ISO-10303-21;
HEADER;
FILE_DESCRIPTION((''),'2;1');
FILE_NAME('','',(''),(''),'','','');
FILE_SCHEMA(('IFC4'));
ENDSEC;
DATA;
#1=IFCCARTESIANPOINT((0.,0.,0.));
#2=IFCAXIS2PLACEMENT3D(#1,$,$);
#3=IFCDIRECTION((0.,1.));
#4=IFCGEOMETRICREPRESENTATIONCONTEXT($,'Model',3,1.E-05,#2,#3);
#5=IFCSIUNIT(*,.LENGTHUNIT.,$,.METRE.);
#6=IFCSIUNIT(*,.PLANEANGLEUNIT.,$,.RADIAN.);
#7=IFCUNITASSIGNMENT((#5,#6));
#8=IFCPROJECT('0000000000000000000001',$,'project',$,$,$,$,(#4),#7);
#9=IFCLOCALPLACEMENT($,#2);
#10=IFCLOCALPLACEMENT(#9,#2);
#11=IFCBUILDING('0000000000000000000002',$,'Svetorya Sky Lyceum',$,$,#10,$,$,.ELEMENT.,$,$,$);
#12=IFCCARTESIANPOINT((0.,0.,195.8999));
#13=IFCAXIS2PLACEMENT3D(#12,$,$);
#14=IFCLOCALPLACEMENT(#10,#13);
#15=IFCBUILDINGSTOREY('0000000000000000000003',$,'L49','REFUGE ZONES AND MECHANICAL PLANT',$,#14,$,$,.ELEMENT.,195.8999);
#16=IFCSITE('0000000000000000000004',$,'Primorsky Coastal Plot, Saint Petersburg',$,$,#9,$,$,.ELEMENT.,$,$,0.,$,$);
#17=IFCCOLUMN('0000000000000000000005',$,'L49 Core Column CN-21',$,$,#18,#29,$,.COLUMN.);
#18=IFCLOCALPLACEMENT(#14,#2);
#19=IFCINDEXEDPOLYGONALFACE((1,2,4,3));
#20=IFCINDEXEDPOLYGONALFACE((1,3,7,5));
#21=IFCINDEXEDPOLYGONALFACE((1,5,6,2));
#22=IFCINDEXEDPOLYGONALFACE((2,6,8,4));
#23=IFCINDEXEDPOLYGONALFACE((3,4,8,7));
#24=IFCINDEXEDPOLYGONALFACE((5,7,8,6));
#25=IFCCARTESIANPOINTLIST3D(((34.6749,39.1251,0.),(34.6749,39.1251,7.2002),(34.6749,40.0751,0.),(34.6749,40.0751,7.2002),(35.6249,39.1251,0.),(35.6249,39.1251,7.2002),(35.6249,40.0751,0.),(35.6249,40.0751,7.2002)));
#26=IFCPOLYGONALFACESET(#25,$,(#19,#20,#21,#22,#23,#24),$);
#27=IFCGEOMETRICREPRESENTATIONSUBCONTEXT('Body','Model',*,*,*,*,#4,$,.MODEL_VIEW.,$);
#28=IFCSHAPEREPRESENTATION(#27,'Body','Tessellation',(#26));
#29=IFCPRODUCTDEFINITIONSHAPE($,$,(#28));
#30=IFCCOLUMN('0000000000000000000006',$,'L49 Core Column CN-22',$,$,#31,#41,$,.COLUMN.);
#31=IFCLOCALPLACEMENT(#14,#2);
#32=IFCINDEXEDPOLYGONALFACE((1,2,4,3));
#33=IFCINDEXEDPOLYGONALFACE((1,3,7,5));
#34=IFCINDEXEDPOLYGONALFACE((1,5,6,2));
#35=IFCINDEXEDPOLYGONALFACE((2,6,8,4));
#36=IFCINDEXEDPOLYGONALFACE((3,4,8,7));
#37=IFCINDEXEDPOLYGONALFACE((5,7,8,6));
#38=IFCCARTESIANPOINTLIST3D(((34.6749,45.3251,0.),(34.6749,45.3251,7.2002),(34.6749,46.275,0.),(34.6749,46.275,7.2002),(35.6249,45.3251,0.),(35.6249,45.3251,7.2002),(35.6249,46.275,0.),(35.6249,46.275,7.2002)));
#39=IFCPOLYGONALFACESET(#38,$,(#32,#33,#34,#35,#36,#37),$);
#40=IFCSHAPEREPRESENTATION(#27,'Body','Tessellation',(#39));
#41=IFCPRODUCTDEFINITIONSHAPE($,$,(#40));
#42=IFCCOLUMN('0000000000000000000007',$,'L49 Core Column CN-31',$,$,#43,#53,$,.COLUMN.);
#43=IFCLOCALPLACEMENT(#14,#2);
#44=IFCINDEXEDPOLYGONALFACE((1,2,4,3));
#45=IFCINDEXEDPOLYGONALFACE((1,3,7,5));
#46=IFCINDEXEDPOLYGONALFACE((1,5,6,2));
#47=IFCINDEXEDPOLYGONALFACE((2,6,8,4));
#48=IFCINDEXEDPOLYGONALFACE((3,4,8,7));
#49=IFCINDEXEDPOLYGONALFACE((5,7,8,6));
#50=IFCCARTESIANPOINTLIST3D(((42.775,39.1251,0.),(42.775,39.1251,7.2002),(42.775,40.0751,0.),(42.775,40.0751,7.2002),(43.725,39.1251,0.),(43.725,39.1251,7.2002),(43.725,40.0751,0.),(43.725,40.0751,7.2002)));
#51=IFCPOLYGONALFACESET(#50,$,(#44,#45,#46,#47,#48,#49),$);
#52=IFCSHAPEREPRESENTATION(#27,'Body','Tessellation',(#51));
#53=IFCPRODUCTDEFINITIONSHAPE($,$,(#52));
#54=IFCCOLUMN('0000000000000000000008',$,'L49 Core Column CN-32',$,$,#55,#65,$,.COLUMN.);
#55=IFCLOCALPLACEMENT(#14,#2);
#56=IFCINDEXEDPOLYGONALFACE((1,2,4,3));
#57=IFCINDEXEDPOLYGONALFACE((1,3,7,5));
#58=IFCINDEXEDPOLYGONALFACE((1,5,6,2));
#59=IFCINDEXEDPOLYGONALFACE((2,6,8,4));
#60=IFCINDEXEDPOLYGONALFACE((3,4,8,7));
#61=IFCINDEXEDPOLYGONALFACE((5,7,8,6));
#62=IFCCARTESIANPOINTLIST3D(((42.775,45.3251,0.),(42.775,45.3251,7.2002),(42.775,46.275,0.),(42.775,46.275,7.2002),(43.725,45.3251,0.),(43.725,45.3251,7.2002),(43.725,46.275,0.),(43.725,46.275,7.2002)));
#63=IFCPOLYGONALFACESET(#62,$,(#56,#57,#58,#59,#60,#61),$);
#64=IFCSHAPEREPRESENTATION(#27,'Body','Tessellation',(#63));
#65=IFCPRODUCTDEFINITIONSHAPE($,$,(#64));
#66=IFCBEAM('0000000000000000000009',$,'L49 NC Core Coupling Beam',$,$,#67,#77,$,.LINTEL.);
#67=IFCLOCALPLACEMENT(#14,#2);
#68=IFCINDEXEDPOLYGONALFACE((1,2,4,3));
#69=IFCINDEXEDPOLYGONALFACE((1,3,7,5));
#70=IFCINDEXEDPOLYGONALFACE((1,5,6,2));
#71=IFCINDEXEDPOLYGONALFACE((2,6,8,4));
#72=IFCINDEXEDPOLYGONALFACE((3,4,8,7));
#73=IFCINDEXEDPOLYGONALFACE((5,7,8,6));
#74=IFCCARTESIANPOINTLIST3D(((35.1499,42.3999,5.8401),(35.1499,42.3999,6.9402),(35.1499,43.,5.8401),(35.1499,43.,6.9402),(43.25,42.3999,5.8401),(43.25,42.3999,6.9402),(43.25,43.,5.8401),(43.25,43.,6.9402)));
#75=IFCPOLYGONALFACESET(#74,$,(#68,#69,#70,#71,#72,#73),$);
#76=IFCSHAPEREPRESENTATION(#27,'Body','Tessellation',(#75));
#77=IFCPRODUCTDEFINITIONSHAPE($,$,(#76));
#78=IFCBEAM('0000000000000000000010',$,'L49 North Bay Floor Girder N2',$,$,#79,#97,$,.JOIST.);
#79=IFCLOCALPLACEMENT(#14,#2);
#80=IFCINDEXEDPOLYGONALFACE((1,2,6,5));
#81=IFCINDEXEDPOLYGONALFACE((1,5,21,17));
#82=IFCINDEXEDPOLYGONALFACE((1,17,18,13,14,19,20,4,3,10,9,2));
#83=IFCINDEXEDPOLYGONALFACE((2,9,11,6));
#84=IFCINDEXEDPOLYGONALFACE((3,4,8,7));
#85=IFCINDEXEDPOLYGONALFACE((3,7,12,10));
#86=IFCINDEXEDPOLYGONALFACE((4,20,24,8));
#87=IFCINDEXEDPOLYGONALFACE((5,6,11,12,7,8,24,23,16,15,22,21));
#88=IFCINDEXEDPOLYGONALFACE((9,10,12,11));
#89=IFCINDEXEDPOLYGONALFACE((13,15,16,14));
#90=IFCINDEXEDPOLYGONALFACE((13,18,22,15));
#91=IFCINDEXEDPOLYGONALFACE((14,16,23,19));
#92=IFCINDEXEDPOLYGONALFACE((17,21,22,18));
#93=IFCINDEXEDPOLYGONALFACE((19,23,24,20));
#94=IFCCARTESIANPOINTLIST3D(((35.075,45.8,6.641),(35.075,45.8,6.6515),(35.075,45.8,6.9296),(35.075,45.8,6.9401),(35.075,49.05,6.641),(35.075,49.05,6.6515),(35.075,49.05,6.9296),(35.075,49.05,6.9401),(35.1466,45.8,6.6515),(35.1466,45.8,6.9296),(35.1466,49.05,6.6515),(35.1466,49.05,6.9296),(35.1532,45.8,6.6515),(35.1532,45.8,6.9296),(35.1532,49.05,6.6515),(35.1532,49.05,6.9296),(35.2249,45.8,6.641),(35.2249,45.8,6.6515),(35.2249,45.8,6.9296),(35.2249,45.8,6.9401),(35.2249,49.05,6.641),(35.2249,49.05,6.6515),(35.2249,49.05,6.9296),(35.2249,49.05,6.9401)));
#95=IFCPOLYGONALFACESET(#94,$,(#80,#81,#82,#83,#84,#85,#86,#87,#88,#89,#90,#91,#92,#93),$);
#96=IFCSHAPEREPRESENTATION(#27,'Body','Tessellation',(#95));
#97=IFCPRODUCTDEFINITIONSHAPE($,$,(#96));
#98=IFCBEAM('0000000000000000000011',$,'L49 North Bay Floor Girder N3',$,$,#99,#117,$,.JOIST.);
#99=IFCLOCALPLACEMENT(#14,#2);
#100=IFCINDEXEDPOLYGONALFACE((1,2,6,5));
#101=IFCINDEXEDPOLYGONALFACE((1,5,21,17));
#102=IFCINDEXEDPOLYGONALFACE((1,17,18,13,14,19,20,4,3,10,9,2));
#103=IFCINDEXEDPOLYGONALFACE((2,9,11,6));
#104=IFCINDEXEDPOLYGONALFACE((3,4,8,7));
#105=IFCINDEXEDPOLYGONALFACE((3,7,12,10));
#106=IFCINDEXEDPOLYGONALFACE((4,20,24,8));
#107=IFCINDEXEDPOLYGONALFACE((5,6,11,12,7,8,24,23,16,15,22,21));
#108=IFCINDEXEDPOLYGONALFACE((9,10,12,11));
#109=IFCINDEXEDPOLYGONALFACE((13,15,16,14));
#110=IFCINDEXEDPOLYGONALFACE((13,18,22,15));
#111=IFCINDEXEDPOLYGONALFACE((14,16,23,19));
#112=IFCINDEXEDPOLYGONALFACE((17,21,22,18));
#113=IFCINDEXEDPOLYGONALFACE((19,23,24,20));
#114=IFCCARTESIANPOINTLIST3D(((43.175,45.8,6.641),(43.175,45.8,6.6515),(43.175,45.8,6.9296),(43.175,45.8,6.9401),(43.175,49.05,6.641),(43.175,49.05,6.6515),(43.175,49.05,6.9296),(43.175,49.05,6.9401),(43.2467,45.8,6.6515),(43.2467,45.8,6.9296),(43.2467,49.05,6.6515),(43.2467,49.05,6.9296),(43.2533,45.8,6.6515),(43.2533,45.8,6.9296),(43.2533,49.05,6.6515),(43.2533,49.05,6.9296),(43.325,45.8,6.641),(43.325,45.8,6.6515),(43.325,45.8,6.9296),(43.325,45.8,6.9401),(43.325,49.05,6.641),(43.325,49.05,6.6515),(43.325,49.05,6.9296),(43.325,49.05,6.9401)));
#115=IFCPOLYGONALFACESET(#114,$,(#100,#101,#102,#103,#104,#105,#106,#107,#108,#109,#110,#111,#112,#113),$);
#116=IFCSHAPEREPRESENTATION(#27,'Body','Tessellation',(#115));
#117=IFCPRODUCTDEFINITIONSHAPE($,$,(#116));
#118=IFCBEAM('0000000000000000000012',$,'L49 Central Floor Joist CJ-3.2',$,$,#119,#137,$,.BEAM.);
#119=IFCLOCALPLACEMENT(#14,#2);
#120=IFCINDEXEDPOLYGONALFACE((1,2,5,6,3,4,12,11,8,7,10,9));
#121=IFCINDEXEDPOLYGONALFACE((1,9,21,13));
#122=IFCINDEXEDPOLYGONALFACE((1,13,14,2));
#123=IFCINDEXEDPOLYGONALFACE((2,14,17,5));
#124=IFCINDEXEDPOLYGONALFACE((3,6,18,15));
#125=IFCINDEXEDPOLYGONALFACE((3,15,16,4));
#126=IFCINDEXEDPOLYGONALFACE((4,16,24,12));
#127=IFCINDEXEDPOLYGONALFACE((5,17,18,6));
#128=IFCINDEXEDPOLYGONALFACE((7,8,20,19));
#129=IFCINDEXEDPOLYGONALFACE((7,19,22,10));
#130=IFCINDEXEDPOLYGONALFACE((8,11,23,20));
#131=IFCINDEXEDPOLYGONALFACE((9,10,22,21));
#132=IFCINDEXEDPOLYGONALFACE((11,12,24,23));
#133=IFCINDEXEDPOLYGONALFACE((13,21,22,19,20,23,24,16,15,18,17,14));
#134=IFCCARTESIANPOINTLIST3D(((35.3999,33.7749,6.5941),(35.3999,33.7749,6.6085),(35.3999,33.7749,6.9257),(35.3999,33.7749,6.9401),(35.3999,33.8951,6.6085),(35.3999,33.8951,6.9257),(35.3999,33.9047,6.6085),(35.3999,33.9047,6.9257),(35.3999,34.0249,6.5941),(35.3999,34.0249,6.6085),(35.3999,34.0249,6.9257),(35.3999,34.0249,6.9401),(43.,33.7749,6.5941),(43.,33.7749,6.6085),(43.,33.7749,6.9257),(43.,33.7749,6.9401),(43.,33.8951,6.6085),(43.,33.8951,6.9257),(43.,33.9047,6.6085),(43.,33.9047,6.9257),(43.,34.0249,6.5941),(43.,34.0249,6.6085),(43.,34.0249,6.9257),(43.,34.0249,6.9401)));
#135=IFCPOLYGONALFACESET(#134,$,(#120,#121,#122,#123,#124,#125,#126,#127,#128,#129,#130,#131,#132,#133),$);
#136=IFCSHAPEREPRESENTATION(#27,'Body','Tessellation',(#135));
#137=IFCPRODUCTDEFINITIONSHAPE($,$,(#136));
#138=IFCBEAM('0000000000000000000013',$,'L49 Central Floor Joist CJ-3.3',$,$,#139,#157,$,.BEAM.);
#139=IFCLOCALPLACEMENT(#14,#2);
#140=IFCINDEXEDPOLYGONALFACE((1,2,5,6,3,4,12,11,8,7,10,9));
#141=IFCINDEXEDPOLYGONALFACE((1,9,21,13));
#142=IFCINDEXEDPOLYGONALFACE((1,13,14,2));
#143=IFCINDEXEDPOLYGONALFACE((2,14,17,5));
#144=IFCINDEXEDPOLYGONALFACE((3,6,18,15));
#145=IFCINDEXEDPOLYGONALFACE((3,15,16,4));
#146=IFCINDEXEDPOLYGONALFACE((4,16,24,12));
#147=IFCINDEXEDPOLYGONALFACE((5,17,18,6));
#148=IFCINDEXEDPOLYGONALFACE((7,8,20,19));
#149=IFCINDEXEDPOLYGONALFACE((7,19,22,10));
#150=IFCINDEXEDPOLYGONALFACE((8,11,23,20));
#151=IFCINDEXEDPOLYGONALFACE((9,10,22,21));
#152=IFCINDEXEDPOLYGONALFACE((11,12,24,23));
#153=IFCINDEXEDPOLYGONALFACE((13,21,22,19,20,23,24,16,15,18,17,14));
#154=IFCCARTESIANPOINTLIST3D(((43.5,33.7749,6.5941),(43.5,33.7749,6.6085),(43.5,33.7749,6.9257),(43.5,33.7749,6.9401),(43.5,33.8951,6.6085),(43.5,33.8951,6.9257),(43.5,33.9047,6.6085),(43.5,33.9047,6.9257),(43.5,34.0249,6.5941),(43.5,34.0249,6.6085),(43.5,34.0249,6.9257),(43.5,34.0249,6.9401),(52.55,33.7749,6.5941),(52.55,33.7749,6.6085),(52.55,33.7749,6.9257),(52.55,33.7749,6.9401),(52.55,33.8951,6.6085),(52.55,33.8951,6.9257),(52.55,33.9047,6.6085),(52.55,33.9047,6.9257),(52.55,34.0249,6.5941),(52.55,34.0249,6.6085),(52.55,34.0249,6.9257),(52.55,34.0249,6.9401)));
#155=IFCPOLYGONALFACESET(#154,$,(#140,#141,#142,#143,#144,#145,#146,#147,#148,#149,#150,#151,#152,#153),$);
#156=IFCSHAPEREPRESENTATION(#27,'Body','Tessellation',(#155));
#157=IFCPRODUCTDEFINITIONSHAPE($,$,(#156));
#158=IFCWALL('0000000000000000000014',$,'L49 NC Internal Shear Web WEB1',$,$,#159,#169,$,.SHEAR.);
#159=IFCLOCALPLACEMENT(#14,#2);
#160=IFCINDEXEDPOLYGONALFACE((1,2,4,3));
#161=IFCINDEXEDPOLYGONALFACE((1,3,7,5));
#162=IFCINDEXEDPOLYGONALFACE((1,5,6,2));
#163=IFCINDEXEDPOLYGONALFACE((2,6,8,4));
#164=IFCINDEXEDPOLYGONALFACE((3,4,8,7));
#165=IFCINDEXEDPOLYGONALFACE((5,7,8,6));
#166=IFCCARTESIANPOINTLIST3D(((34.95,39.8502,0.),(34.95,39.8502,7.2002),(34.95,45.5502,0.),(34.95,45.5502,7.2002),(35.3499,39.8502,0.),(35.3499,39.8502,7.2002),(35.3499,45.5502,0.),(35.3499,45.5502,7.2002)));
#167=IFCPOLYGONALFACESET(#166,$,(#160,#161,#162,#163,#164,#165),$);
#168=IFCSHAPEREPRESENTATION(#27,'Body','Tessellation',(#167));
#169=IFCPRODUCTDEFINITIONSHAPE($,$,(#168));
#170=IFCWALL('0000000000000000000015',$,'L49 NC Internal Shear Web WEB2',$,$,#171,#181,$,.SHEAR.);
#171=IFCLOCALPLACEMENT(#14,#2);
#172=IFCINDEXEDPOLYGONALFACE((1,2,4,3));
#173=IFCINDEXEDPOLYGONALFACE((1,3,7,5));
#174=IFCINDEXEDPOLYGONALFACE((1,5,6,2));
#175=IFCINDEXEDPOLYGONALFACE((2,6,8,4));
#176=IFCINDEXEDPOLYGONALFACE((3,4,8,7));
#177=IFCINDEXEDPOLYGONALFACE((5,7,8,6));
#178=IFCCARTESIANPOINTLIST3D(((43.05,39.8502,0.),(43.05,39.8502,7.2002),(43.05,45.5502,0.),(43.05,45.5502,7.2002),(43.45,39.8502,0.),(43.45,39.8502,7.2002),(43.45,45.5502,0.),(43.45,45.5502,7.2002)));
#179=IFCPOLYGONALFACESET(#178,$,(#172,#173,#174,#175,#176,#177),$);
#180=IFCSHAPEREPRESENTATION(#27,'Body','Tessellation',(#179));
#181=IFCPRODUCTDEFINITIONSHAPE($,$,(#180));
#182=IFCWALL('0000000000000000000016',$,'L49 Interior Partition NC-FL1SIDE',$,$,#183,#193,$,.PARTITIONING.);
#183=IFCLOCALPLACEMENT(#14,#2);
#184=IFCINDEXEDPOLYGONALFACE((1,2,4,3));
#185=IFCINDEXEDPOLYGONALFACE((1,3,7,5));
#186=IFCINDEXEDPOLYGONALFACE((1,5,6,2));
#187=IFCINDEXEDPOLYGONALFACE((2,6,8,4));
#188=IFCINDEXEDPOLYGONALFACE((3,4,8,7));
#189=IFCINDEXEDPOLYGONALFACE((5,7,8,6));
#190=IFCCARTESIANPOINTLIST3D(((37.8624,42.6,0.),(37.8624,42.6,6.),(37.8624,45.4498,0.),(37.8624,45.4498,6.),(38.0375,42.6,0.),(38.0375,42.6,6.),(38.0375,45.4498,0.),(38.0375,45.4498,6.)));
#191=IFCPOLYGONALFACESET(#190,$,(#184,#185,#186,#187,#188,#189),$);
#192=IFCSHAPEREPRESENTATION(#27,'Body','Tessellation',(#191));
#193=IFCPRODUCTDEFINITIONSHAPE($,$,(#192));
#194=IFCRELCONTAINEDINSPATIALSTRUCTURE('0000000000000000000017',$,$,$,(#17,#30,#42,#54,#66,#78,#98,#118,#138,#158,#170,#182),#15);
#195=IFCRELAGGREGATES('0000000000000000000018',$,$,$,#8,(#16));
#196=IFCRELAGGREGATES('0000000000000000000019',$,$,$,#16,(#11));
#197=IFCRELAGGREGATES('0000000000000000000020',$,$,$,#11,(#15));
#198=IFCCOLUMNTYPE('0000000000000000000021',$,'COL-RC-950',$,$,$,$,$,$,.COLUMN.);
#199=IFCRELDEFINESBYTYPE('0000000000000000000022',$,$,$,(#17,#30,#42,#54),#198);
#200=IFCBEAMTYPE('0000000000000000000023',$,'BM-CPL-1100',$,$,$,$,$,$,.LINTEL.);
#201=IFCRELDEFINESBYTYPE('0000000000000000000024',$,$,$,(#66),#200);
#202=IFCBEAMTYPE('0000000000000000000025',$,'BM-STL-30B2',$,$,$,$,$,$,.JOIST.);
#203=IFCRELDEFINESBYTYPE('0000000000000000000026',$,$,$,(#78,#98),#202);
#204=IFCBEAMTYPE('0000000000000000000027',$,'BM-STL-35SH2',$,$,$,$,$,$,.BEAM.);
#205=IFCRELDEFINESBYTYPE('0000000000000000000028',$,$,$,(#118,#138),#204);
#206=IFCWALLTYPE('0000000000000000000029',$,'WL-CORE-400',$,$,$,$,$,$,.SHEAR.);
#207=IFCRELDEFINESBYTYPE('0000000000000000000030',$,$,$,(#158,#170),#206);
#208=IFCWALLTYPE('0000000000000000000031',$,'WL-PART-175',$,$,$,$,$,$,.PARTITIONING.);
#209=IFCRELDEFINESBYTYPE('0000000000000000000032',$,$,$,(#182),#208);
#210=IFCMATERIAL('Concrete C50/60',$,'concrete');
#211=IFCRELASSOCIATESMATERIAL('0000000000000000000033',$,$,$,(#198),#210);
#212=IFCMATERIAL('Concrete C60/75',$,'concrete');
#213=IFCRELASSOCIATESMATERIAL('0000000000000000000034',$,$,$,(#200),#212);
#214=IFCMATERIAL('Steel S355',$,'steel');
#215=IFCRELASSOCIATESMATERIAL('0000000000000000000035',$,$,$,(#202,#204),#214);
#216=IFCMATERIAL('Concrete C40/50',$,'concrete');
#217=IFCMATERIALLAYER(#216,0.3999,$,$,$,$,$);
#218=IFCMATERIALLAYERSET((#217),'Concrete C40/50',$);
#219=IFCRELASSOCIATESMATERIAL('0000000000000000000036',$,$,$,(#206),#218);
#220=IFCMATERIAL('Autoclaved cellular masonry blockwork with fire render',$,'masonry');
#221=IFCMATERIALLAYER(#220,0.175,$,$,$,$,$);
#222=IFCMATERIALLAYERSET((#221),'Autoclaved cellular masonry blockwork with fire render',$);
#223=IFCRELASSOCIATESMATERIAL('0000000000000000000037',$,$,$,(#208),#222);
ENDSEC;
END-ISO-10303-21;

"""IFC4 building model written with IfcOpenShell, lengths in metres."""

from ifc_helpers import new_model, si_unit, direction, frame, frame_2d, origin, origin_2d, place, context, subcontext, project, spatial, rectangle, i_section, extrude, material, layer, layer_set, material_profile, profile_set, type_object, element, save


model = new_model("IFC4")

# Units and contexts
model_context = context("Model", 3, precision=1e-05, world=origin(), true_north=direction((0.0, 1.0)))
body_context = subcontext(model_context, "Body", "Model", "MODEL_VIEW")
ifc_project = project(units=[si_unit("LENGTHUNIT", "METRE"), si_unit("PLANEANGLEUNIT", "RADIAN")], contexts=[model_context])

# Site, building, storey
site_placement = place(None, origin())
site = spatial("IfcSite", under=ifc_project, at=site_placement, Name="Primorsky Coastal Plot, Saint Petersburg", CompositionType="ELEMENT", RefElevation=0.0)
building_placement = place(site_placement, origin())
building = spatial("IfcBuilding", under=site, at=building_placement, Name="Svetorya Sky Lyceum", CompositionType="ELEMENT")
storey_placement = place(building_placement, frame((0.0, 0.0, 195.8999)))
storey = spatial("IfcBuildingStorey", under=building, at=storey_placement, Name="L49", Description="REFUGE ZONES AND MECHANICAL PLANT", CompositionType="ELEMENT", Elevation=195.8999)

# Columns
ifc_material_1 = material(Name="Concrete C50/60", Category="concrete")
ifc_material_profile_1 = material_profile(ifc_material_1, rectangle(XDim=0.95, YDim=0.95, at=origin_2d()), Name="RC COL 950x950")
ifc_profile_set_1 = profile_set([ifc_material_profile_1], Name="Concrete C50/60")
column_type = type_object("IfcColumnType", Name="COL-RC-950", PredefinedType="COLUMN", material=ifc_profile_set_1)
for number, where, z_axis, x_axis, name in (
    (1, (35.1499, 39.6001, 0.0), (0.0, 0.0, 1.0), (1.0, 0.0, 0.0), "L49 Core Column CN-21"),
    (2, (35.1499, 45.8, 0.0), (0.0, 0.0, 1.0), (1.0, 0.0, 0.0), "L49 Core Column CN-22"),
    (3, (43.25, 39.6001, 0.0), (0.0, 0.0, 1.0), (1.0, 0.0, 0.0), "L49 Core Column CN-31"),
    (4, (43.25, 45.8, 0.0), (0.0, 0.0, 1.0), (1.0, 0.0, 0.0), "L49 Core Column CN-32"),
):
    element("IfcColumn", number, at=place(storey_placement, frame(where, z_axis=z_axis, x_axis=x_axis)), inside=storey, type_object=column_type, Name=name, PredefinedType="COLUMN", context=body_context, shape_type="SweptSolid", body=[
        extrude(rectangle(XDim=0.95, YDim=0.95, at=origin_2d()), origin(), (0.0, 0.0, 1.0), 7.2002),
    ])

# Beams
ifc_material_2 = material(Name="Concrete C60/75", Category="concrete")
ifc_material_profile_2 = material_profile(ifc_material_2, rectangle(XDim=0.6001, YDim=1.1001, at=origin_2d()), Name="RC COUPLING 600x1100")
ifc_profile_set_2 = profile_set([ifc_material_profile_2], Name="Concrete C60/75")
beam_type_1 = type_object("IfcBeamType", Name="BM-CPL-1100", PredefinedType="LINTEL", material=ifc_profile_set_2)
beam_1_placement = place(storey_placement, frame((35.1499, 42.7, 6.3901), z_axis=(1.0, 0.0, 0.0), x_axis=(0.0, 1.0, 0.0)))
element("IfcBeam", 5, at=beam_1_placement, inside=storey, type_object=beam_type_1, Name="L49 NC Core Coupling Beam", PredefinedType="LINTEL", context=body_context, shape_type="SweptSolid", body=[
    extrude(rectangle(XDim=0.6001, YDim=1.1001, at=origin_2d()), origin(), (0.0, 0.0, 1.0), 8.1001),
])
ifc_material_3 = material(Name="Steel S355", Category="steel")
ifc_material_profile_3 = material_profile(ifc_material_3, i_section(OverallWidth=0.1499, OverallDepth=0.2991, WebThickness=0.0066, FlangeThickness=0.0105, at=origin_2d()), Name="GOST 30B2")
ifc_profile_set_3 = profile_set([ifc_material_profile_3], Name="Steel S355")
beam_type_2 = type_object("IfcBeamType", Name="BM-STL-30B2", PredefinedType="JOIST", material=ifc_profile_set_3)
for number, where, z_axis, x_axis, name in (
    (6, (35.1499, 45.8, 6.7905), (0.0, 1.0, 0.0), (-1.0, 0.0, 0.0), "L49 North Bay Floor Girder N2"),
    (7, (43.25, 45.8, 6.7905), (0.0, 1.0, 0.0), (-1.0, 0.0, 0.0), "L49 North Bay Floor Girder N3"),
):
    element("IfcBeam", number, at=place(storey_placement, frame(where, z_axis=z_axis, x_axis=x_axis)), inside=storey, type_object=beam_type_2, Name=name, PredefinedType="JOIST", context=body_context, shape_type="SweptSolid", body=[
        extrude(i_section(OverallWidth=0.1499, OverallDepth=0.2991, WebThickness=0.0066, FlangeThickness=0.0105, at=origin_2d()), origin(), (0.0, 0.0, 1.0), 3.25),
    ])
ifc_material_profile_4 = material_profile(ifc_material_3, i_section(OverallWidth=0.25, OverallDepth=0.3459, WebThickness=0.0095, FlangeThickness=0.0144, at=origin_2d()), Name="GOST 35Sh2")
ifc_profile_set_4 = profile_set([ifc_material_profile_4], Name="Steel S355")
beam_type_3 = type_object("IfcBeamType", Name="BM-STL-35SH2", PredefinedType="BEAM", material=ifc_profile_set_4)
beam_2_placement = place(storey_placement, frame((35.3999, 33.8999, 6.7671), z_axis=(1.0, 0.0, 0.0), x_axis=(0.0, 1.0, 0.0)))
element("IfcBeam", 8, at=beam_2_placement, inside=storey, type_object=beam_type_3, Name="L49 Central Floor Joist CJ-3.2", PredefinedType="BEAM", context=body_context, shape_type="SweptSolid", body=[
    extrude(i_section(OverallWidth=0.25, OverallDepth=0.3459, WebThickness=0.0095, FlangeThickness=0.0144, at=origin_2d()), origin(), (0.0, 0.0, 1.0), 7.6001),
])
beam_3_placement = place(storey_placement, frame((43.5, 33.8999, 6.7671), z_axis=(1.0, 0.0, 0.0), x_axis=(0.0, 1.0, 0.0)))
element("IfcBeam", 9, at=beam_3_placement, inside=storey, type_object=beam_type_3, Name="L49 Central Floor Joist CJ-3.3", PredefinedType="BEAM", context=body_context, shape_type="SweptSolid", body=[
    extrude(i_section(OverallWidth=0.25, OverallDepth=0.3459, WebThickness=0.0095, FlangeThickness=0.0144, at=origin_2d()), origin(), (0.0, 0.0, 1.0), 9.05),
])

# Walls
ifc_material_4 = material(Name="Concrete C40/50", Category="concrete")
ifc_layer_1 = layer(ifc_material_4, 0.3999)
ifc_layer_set_1 = layer_set([ifc_layer_1], Name="Concrete C40/50")
wall_type_1 = type_object("IfcWallType", Name="WL-CORE-400", PredefinedType="SHEAR", material=ifc_layer_set_1)
for number, where, z_axis, x_axis, name in (
    (10, (35.1499, 39.8501, 0.0), (0.0, 0.0, 1.0), (0.0, 1.0, 0.0), "L49 NC Internal Shear Web WEB1"),
    (11, (43.25, 39.8501, 0.0), (0.0, 0.0, 1.0), (0.0, 1.0, 0.0), "L49 NC Internal Shear Web WEB2"),
):
    element("IfcWall", number, at=place(storey_placement, frame(where, z_axis=z_axis, x_axis=x_axis)), inside=storey, type_object=wall_type_1, Name=name, PredefinedType="SHEAR", context=body_context, shape_type="SweptSolid", body=[
        extrude(rectangle(XDim=5.7, YDim=0.3999, at=frame_2d((2.8501, 0.0))), origin(), (0.0, 0.0, 1.0), 7.2002),
    ])
ifc_material_5 = material(Name="Autoclaved cellular masonry blockwork with fire render", Category="masonry")
ifc_layer_2 = layer(ifc_material_5, 0.175)
ifc_layer_set_2 = layer_set([ifc_layer_2], Name="Autoclaved cellular masonry blockwork with fire render")
wall_type_2 = type_object("IfcWallType", Name="WL-PART-175", PredefinedType="PARTITIONING", material=ifc_layer_set_2)
wall_1_placement = place(storey_placement, frame((37.95, 42.6001, 0.0), z_axis=(0.0, 0.0, 1.0), x_axis=(0.0, 1.0, 0.0)))
element("IfcWall", 12, at=wall_1_placement, inside=storey, type_object=wall_type_2, Name="L49 Interior Partition NC-FL1SIDE", PredefinedType="PARTITIONING", context=body_context, shape_type="SweptSolid", body=[
    extrude(rectangle(XDim=2.8499, YDim=0.175, at=frame_2d((1.4248, 0.0))), origin(), (0.0, 0.0, 1.0), 6.0),
])

save(model, "model.ifc")
